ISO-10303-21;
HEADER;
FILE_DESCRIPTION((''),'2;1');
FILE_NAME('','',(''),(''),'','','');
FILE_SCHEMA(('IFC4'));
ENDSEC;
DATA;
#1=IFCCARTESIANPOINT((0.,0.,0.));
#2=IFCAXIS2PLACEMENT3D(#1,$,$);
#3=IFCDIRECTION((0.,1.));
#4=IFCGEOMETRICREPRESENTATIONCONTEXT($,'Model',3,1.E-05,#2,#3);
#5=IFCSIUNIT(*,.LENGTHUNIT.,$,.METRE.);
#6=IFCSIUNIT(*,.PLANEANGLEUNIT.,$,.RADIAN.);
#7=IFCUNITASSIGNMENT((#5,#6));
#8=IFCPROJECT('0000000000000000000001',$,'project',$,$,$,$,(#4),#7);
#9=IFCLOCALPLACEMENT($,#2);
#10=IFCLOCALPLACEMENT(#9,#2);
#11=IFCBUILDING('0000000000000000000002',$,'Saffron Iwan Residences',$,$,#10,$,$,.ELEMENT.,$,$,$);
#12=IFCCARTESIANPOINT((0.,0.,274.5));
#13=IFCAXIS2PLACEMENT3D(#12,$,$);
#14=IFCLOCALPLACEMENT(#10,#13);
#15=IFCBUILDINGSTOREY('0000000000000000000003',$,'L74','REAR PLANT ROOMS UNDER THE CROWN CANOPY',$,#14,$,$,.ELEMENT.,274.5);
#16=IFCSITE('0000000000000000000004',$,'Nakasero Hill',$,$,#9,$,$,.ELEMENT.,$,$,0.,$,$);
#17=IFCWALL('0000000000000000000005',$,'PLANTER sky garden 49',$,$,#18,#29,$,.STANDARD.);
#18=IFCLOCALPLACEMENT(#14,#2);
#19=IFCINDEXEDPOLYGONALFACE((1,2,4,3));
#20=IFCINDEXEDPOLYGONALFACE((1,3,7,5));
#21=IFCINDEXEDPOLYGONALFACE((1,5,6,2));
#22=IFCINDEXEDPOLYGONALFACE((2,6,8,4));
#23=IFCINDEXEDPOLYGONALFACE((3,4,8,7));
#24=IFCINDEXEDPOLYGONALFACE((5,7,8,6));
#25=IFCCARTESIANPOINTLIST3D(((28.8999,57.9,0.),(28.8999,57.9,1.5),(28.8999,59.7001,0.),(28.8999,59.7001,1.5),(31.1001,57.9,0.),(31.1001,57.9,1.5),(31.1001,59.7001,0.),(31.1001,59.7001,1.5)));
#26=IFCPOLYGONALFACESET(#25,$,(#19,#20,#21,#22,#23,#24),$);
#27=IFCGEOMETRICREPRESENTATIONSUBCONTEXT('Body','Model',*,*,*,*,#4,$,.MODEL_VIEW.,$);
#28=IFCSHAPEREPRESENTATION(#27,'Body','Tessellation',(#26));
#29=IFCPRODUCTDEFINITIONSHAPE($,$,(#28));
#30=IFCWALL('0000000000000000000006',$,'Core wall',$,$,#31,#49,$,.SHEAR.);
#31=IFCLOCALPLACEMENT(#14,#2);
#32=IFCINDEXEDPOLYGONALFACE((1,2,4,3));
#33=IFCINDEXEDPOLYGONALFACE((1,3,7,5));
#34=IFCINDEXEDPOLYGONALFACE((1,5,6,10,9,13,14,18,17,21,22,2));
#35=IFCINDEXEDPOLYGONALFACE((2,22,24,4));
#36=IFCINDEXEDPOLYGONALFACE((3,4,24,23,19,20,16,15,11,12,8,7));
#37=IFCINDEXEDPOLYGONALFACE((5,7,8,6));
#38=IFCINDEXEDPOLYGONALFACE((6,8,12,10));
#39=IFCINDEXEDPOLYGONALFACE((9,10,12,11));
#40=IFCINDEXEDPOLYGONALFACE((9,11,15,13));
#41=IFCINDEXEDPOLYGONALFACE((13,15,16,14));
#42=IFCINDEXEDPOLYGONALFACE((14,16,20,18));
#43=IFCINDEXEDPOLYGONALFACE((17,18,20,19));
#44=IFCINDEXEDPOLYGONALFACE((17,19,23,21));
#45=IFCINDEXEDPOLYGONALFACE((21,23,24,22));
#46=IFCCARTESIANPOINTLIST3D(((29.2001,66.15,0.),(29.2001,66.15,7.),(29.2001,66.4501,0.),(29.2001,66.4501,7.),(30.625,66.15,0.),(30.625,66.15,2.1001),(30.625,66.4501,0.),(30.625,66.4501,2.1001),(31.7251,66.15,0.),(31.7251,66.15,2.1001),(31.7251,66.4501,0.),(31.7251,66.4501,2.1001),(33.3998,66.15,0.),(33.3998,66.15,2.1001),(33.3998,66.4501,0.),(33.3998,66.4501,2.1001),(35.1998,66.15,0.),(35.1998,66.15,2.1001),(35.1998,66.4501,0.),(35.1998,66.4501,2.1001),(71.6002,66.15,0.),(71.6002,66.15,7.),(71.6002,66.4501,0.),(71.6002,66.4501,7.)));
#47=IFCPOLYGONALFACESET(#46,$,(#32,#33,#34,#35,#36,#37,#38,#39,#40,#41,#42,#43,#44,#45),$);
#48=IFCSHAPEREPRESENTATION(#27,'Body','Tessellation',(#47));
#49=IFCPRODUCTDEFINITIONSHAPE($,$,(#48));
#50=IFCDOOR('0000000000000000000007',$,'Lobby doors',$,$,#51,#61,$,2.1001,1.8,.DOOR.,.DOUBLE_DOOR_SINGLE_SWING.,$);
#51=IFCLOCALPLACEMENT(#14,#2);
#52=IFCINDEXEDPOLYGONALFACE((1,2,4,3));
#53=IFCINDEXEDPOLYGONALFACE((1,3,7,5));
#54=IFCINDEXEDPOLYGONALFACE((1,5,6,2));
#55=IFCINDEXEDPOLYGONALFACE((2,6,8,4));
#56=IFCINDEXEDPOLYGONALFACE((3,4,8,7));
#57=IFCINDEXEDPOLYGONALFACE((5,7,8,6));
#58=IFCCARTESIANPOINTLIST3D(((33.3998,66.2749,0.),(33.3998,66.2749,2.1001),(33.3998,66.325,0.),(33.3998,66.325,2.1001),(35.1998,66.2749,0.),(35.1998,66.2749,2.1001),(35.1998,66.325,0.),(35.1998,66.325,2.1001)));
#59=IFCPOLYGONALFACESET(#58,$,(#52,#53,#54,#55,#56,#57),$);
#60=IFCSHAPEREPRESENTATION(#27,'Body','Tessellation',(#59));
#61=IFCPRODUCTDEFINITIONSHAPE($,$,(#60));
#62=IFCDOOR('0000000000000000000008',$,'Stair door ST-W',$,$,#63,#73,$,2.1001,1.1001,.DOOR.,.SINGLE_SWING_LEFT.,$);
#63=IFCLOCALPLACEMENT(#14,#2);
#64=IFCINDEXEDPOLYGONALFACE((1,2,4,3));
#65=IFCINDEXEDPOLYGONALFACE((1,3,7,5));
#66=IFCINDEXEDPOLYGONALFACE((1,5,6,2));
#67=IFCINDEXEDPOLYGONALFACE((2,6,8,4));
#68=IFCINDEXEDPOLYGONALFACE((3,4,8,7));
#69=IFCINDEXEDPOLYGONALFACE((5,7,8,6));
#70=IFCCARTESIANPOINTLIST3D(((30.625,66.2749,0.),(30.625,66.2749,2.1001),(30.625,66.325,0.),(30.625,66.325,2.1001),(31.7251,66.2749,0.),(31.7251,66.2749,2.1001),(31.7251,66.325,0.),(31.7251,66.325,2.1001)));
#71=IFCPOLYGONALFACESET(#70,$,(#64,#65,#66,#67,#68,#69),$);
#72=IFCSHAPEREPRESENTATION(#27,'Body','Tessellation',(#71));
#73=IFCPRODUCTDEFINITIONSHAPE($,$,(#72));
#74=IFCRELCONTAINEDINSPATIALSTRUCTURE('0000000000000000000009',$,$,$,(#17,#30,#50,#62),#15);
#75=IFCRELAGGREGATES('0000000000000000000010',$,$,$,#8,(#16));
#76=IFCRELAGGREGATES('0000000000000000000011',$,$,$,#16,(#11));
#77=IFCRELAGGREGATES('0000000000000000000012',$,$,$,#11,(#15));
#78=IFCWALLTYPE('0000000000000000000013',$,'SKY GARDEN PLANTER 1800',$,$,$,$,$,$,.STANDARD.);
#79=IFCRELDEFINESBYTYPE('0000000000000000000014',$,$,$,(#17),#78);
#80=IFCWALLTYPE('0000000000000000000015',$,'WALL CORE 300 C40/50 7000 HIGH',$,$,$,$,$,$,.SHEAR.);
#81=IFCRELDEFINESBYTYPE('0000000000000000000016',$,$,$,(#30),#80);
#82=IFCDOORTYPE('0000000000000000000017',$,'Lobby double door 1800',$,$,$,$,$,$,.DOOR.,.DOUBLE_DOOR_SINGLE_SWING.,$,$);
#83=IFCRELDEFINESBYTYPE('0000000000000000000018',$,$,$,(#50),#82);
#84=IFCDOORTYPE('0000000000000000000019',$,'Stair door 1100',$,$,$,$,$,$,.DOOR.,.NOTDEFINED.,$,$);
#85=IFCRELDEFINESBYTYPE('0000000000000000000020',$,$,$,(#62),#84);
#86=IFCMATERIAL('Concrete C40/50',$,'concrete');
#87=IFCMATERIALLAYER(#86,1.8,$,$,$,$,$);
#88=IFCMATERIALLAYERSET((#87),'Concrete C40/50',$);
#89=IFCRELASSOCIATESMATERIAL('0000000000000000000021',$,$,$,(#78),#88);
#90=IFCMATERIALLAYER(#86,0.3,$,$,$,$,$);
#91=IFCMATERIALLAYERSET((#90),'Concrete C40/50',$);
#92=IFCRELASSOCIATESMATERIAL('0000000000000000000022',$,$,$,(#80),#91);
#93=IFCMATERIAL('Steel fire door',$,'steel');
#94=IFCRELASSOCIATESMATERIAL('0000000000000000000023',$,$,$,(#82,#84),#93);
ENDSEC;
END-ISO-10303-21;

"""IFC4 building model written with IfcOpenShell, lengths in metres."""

from ifc_helpers import new_model, si_unit, direction, frame, frame_2d, origin, place, context, subcontext, project, spatial, rectangle, extrude, material, layer, layer_set, type_object, element, fill, save


model = new_model("IFC4")

# Units and contexts
model_context = context("Model", 3, precision=1e-05, world=origin(), true_north=direction((0.0, 1.0)))
body_context = subcontext(model_context, "Body", "Model", "MODEL_VIEW")
ifc_project = project(units=[si_unit("LENGTHUNIT", "METRE"), si_unit("PLANEANGLEUNIT", "RADIAN")], contexts=[model_context])

# Site, building, storey
site_placement = place(None, origin())
site = spatial("IfcSite", under=ifc_project, at=site_placement, Name="Nakasero Hill", CompositionType="ELEMENT", RefElevation=0.0)
building_placement = place(site_placement, origin())
building = spatial("IfcBuilding", under=site, at=building_placement, Name="Saffron Iwan Residences", CompositionType="ELEMENT")
storey_placement = place(building_placement, frame((0.0, 0.0, 274.5)))
storey = spatial("IfcBuildingStorey", under=building, at=storey_placement, Name="L74", Description="REAR PLANT ROOMS UNDER THE CROWN CANOPY", CompositionType="ELEMENT", Elevation=274.5)

# Shared definitions
ifc_material_1 = material(Name="Concrete C40/50", Category="concrete")

# Wall
ifc_layer_1 = layer(ifc_material_1, 1.8)
ifc_layer_set_1 = layer_set([ifc_layer_1], Name="Concrete C40/50")
wall_type_1 = type_object("IfcWallType", Name="SKY GARDEN PLANTER 1800", PredefinedType="STANDARD", material=ifc_layer_set_1)
for number, where, z_axis, x_axis, name in (
    (1, (28.8999, 58.8, 0.0), (0.0, 0.0, 1.0), (1.0, 0.0, 0.0), "PLANTER sky garden 49"),
):
    element("IfcWall", number, at=place(storey_placement, frame(where, z_axis=z_axis, x_axis=x_axis)), inside=storey, type_object=wall_type_1, Name=name, PredefinedType="STANDARD", context=body_context, shape_type="SweptSolid", body=[
        extrude(rectangle(XDim=2.2002, YDim=1.8, at=frame_2d((1.1001, 0.0))), origin(), (0.0, 0.0, 1.0), 1.5),
    ])

# Wall, openings, doors
ifc_layer_2 = layer(ifc_material_1, 0.3)
ifc_layer_set_2 = layer_set([ifc_layer_2], Name="Concrete C40/50")
wall_type_2 = type_object("IfcWallType", Name="WALL CORE 300 C40/50 7000 HIGH", PredefinedType="SHEAR", material=ifc_layer_set_2)
wall_1_placement = place(storey_placement, frame((29.2, 66.3, 0.0), z_axis=(0.0, 0.0, 1.0), x_axis=(1.0, 0.0, 0.0)))
wall_1 = element("IfcWall", 2, at=wall_1_placement, inside=storey, type_object=wall_type_2, Name="Core wall", PredefinedType="SHEAR", context=body_context, shape_type="SweptSolid", body=[
    extrude(rectangle(XDim=42.4001, YDim=0.3, at=frame_2d((21.2002, 0.0))), origin(), (0.0, 0.0, 1.0), 7.0),
])
opening_1_placement = place(wall_1_placement, frame((1.425, 0.0, 0.0)))
opening_1 = element("IfcOpeningElement", 3, at=opening_1_placement, cuts=wall_1, PredefinedType="OPENING", context=body_context, shape_type="SweptSolid", body=[
    extrude(rectangle(XDim=1.1001, YDim=2.1001, at=frame_2d((0.55, 1.05))), frame((0.0, 0.1602, 0.0), z_axis=(0.0, -1.0, 0.0), x_axis=(1.0, 0.0, 0.0)), (0.0, 0.0, 1.0), 0.3201),
])
opening_2_placement = place(wall_1_placement, frame((4.2, 0.0, 0.0)))
opening_2 = element("IfcOpeningElement", 4, at=opening_2_placement, cuts=wall_1, PredefinedType="OPENING", context=body_context, shape_type="SweptSolid", body=[
    extrude(rectangle(XDim=1.8, YDim=2.1001, at=frame_2d((0.8999, 1.05))), frame((0.0, 0.1602, 0.0), z_axis=(0.0, -1.0, 0.0), x_axis=(1.0, 0.0, 0.0)), (0.0, 0.0, 1.0), 0.3201),
])
ifc_material_2 = material(Name="Steel fire door", Category="steel")
door_type_1 = type_object("IfcDoorType", Name="Lobby double door 1800", OperationType="DOUBLE_DOOR_SINGLE_SWING", PredefinedType="DOOR", material=ifc_material_2)
door_1_placement = place(opening_2_placement, origin())
door_1 = element("IfcDoor", 5, at=door_1_placement, inside=storey, type_object=door_type_1, Name="Lobby doors", OperationType="DOUBLE_DOOR_SINGLE_SWING", OverallHeight=2.1001, OverallWidth=1.8, PredefinedType="DOOR", context=body_context, shape_type="SweptSolid", body=[
    extrude(rectangle(XDim=1.8, YDim=2.1001, at=frame_2d((0.8999, 1.05))), frame((0.0, 0.0249, 0.0), z_axis=(0.0, -1.0, 0.0), x_axis=(1.0, 0.0, 0.0)), (0.0, 0.0, 1.0), 0.05),
])
fill(opening_2, door_1)
door_type_2 = type_object("IfcDoorType", Name="Stair door 1100", OperationType="NOTDEFINED", PredefinedType="DOOR", material=ifc_material_2)
door_2_placement = place(opening_1_placement, origin())
door_2 = element("IfcDoor", 6, at=door_2_placement, inside=storey, type_object=door_type_2, Name="Stair door ST-W", OperationType="SINGLE_SWING_LEFT", OverallHeight=2.1001, OverallWidth=1.1001, PredefinedType="DOOR", context=body_context, shape_type="SweptSolid", body=[
    extrude(rectangle(XDim=1.1001, YDim=2.1001, at=frame_2d((0.55, 1.05))), frame((0.0, 0.0249, 0.0), z_axis=(0.0, -1.0, 0.0), x_axis=(1.0, 0.0, 0.0)), (0.0, 0.0, 1.0), 0.05),
])
fill(opening_1, door_2)

save(model, "model.ifc")
